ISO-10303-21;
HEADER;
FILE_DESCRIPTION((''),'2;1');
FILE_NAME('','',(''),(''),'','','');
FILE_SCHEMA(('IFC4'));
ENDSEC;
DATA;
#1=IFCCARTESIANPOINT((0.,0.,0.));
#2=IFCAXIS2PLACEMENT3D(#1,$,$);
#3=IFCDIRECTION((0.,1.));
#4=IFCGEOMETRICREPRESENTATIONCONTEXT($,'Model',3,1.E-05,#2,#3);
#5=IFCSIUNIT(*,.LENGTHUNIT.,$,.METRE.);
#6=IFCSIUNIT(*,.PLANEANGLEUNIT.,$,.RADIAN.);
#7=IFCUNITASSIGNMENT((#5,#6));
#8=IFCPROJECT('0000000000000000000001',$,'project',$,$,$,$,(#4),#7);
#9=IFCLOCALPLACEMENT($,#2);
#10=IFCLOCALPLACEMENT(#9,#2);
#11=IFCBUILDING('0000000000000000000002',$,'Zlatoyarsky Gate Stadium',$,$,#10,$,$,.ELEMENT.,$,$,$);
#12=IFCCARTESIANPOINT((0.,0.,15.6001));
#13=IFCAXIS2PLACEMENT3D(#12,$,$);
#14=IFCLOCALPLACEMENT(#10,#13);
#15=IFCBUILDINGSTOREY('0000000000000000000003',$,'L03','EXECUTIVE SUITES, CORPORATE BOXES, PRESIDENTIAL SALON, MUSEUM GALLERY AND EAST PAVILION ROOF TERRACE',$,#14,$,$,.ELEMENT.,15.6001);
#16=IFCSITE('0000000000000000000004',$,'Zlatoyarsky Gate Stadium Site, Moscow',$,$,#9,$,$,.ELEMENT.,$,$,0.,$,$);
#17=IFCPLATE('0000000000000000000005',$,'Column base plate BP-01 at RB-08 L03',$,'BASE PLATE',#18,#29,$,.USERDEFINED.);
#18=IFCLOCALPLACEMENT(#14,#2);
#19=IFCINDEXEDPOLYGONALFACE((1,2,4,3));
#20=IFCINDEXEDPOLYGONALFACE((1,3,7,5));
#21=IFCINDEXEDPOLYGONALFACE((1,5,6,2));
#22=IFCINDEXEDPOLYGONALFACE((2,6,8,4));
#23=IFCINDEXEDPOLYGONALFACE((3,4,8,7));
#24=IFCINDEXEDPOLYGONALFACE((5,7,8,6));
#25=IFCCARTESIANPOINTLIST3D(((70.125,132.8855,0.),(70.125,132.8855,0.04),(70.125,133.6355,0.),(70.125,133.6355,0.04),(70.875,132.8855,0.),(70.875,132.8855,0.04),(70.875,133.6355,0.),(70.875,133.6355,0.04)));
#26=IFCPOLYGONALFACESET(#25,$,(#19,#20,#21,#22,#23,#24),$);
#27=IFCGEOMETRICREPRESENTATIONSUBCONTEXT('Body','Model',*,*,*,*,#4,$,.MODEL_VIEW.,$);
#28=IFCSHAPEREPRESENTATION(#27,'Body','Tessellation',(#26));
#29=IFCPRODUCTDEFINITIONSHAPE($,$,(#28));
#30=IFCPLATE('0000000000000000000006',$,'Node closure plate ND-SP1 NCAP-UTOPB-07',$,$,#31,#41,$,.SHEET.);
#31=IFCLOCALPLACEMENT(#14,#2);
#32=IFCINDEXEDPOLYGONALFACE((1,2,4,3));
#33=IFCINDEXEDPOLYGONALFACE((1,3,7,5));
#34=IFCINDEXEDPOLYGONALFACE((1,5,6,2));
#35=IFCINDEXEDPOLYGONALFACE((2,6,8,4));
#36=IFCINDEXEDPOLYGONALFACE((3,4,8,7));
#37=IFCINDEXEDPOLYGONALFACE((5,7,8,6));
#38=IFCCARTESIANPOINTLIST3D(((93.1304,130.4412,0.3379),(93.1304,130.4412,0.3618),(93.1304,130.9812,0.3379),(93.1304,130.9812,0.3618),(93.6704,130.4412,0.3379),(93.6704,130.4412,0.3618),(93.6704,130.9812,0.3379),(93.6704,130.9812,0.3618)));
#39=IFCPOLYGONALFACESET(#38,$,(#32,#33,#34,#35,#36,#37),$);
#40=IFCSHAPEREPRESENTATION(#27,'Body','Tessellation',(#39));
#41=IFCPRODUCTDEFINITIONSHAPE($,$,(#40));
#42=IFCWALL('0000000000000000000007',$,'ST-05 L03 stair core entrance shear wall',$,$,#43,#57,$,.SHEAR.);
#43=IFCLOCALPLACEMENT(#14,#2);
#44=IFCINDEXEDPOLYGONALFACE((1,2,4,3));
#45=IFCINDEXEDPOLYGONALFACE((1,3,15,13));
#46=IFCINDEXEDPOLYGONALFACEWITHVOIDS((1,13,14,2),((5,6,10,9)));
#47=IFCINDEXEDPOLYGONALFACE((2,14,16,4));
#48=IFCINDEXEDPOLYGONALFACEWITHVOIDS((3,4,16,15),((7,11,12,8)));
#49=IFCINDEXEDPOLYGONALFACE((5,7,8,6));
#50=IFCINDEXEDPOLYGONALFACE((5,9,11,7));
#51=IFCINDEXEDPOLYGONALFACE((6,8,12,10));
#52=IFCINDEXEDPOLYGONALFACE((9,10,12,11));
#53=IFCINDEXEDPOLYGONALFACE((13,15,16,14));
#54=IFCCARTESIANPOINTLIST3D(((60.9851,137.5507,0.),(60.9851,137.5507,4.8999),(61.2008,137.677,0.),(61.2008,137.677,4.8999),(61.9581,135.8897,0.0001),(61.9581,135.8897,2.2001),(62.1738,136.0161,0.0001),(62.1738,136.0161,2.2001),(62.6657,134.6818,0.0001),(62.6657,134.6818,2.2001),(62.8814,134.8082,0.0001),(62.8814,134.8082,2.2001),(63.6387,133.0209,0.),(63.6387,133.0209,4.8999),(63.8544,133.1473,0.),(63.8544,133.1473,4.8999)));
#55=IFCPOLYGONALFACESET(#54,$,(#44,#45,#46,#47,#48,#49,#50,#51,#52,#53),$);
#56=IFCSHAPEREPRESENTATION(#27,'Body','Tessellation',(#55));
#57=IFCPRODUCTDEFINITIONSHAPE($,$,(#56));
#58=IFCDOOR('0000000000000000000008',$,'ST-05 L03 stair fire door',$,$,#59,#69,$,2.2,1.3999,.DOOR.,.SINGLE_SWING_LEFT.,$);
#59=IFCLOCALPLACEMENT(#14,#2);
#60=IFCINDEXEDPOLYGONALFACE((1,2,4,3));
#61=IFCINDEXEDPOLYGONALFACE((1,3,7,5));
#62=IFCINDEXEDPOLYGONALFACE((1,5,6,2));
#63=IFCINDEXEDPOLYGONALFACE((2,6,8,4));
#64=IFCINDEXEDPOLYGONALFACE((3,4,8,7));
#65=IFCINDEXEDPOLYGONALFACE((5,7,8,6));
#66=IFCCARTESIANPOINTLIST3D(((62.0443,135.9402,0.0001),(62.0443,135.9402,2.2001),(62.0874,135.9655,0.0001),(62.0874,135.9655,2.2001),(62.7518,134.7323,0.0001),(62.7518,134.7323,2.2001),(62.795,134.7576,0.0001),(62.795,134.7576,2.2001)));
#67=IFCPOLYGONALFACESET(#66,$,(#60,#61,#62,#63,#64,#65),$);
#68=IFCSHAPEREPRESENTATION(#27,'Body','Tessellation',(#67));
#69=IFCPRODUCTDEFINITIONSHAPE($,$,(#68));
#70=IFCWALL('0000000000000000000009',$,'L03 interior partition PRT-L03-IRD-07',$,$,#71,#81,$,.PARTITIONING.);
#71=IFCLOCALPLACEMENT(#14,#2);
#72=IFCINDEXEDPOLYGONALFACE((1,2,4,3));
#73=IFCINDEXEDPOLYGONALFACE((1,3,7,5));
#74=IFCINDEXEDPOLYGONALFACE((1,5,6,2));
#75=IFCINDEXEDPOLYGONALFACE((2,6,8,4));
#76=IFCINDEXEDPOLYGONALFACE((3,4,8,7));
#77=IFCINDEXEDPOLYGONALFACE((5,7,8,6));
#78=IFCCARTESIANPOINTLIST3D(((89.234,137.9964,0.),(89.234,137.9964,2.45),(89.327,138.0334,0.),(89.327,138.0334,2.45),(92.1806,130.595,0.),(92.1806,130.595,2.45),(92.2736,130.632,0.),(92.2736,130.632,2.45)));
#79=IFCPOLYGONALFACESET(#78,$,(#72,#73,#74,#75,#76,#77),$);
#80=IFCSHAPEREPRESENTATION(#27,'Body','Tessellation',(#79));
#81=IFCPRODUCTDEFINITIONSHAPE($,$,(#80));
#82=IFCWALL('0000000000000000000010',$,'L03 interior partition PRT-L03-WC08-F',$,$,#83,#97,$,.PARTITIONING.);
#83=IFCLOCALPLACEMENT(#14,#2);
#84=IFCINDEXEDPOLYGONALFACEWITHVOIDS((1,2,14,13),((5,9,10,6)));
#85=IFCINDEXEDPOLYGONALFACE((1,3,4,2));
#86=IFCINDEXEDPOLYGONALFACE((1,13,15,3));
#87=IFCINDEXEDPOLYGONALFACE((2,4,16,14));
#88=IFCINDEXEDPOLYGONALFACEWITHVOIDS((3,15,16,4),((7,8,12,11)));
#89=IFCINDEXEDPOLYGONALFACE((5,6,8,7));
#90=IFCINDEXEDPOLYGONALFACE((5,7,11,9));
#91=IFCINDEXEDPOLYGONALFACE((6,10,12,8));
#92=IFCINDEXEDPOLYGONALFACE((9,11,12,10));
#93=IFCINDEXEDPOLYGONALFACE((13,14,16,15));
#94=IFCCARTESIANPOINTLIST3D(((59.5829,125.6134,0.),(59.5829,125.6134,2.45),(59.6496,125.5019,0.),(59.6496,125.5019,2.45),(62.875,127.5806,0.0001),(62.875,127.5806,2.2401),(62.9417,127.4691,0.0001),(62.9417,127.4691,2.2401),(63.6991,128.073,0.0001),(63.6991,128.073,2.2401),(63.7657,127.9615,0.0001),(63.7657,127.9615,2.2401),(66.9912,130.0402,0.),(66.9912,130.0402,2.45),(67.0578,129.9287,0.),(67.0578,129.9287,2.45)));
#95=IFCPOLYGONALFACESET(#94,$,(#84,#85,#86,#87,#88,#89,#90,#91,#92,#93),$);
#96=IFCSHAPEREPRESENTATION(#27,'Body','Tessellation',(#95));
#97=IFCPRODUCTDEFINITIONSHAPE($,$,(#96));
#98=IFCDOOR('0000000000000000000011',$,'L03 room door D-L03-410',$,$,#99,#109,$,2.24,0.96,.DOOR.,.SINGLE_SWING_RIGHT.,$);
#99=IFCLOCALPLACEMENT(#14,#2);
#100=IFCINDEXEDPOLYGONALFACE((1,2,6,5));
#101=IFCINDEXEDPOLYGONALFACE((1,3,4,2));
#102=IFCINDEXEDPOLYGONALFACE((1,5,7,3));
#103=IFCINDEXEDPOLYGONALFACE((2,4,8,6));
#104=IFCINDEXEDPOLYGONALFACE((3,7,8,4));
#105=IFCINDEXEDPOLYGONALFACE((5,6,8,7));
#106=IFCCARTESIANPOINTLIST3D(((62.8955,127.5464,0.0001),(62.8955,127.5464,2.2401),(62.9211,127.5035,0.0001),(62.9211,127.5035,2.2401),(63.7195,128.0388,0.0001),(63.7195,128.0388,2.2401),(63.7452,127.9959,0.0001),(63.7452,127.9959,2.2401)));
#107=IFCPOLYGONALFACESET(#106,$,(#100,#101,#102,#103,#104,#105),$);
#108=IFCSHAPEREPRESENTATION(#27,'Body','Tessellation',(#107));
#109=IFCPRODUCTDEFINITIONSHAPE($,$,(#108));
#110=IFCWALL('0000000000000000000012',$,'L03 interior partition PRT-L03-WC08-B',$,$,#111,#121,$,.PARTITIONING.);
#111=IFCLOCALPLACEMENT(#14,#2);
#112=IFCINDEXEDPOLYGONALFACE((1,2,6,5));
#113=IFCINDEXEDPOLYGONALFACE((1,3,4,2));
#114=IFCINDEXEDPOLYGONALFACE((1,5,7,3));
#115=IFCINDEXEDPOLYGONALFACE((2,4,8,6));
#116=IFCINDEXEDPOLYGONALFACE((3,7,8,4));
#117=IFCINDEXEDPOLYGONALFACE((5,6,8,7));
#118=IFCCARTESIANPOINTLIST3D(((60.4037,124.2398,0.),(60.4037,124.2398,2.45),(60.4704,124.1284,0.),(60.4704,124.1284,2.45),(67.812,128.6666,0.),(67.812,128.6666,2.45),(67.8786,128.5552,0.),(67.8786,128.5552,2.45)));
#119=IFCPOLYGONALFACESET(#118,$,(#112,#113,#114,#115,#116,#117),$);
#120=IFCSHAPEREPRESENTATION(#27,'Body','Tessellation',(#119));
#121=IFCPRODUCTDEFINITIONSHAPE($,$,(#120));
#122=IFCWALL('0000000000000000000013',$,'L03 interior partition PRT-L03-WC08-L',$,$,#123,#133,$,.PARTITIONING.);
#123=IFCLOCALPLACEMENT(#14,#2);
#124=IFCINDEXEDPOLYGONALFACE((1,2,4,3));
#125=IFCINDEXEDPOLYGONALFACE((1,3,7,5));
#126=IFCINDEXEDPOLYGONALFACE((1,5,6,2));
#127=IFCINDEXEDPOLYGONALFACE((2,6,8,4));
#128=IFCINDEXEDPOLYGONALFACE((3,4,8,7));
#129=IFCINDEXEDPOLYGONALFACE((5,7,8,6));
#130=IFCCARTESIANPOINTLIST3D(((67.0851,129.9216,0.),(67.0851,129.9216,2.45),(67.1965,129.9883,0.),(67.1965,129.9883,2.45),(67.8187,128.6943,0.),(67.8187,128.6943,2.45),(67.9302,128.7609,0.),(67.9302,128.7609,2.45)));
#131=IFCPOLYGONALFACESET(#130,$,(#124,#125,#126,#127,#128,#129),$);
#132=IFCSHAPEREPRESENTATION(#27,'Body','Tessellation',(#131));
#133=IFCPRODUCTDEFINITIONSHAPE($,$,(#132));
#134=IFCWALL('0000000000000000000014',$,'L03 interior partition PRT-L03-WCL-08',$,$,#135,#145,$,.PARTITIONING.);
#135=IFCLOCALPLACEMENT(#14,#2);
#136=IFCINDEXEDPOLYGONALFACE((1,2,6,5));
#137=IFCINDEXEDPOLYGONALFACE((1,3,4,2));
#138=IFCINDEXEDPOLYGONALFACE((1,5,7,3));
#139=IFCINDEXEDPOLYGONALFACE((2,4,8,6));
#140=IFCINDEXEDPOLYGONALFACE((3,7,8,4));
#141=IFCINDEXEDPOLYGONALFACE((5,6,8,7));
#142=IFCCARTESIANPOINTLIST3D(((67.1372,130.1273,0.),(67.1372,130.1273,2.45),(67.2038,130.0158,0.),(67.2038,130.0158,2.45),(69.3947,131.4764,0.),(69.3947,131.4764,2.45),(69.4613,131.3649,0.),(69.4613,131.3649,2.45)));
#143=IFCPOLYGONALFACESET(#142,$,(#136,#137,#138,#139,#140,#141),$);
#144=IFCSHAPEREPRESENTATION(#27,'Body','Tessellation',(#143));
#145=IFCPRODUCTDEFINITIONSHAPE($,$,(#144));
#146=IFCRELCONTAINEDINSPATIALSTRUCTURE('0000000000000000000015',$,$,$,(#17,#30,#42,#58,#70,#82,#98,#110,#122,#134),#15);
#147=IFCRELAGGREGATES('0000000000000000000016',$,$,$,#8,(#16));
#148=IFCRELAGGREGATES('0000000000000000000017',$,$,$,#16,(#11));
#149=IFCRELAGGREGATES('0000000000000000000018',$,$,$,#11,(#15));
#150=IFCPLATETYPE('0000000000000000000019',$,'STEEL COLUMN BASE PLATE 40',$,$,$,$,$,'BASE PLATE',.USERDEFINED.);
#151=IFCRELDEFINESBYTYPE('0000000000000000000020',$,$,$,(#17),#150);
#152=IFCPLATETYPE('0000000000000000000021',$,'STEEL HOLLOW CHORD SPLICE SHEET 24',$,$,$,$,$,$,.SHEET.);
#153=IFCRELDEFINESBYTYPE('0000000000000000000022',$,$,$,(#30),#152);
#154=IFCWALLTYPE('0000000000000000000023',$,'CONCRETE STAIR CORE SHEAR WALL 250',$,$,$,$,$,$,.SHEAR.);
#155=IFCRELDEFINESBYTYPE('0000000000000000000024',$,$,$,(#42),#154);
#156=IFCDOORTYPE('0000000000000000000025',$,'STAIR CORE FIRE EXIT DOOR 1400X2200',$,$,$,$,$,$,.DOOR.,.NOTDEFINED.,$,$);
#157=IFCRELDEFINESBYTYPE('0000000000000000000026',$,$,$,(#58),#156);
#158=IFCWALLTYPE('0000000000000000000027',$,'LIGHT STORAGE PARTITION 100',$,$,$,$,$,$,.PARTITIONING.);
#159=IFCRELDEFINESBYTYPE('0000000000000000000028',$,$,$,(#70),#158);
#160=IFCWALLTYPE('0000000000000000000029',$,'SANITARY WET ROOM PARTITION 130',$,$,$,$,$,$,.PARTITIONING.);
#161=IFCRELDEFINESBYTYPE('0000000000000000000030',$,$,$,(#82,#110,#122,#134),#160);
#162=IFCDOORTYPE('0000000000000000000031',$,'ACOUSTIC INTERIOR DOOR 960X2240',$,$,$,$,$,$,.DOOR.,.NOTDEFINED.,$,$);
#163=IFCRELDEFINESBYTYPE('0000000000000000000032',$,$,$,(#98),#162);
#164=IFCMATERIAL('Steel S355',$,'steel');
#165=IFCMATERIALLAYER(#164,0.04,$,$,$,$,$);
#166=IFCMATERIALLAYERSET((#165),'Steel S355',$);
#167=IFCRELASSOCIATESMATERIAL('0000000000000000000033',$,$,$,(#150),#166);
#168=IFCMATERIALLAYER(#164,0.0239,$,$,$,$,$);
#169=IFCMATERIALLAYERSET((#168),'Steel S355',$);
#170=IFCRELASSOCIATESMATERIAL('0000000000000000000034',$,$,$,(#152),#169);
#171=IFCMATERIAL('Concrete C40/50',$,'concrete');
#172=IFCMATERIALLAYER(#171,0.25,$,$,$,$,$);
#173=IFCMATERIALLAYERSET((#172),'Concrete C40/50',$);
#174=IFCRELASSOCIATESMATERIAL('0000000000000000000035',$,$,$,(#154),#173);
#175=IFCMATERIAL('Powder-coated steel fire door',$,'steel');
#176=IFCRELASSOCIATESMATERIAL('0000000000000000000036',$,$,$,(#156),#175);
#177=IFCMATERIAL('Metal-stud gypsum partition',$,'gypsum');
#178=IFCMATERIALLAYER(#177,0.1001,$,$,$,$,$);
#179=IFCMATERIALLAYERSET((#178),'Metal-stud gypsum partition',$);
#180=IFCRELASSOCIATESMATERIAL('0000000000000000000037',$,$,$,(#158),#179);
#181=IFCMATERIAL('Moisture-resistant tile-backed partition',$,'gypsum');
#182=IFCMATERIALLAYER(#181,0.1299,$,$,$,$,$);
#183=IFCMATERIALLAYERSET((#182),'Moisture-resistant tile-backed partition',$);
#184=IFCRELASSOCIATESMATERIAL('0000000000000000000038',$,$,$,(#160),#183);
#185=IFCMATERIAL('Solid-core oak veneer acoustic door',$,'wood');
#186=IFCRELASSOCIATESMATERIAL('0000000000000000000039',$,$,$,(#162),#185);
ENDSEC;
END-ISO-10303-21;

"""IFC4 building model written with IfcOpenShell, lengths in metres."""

from ifc_helpers import new_model, si_unit, direction, frame, frame_2d, origin, origin_2d, place, context, subcontext, project, spatial, rectangle, extrude, material, layer, layer_set, type_object, element, fill, save


model = new_model("IFC4")

# Units and contexts
model_context = context("Model", 3, precision=1e-05, world=origin(), true_north=direction((0.0, 1.0)))
body_context = subcontext(model_context, "Body", "Model", "MODEL_VIEW")
ifc_project = project(units=[si_unit("LENGTHUNIT", "METRE"), si_unit("PLANEANGLEUNIT", "RADIAN")], contexts=[model_context])

# Site, building, storey
site_placement = place(None, origin())
site = spatial("IfcSite", under=ifc_project, at=site_placement, Name="Zlatoyarsky Gate Stadium Site, Moscow", CompositionType="ELEMENT", RefElevation=0.0)
building_placement = place(site_placement, origin())
building = spatial("IfcBuilding", under=site, at=building_placement, Name="Zlatoyarsky Gate Stadium", CompositionType="ELEMENT")
storey_placement = place(building_placement, frame((0.0, 0.0, 15.6001)))
storey = spatial("IfcBuildingStorey", under=building, at=storey_placement, Name="L03", Description="EXECUTIVE SUITES, CORPORATE BOXES, PRESIDENTIAL SALON, MUSEUM GALLERY AND EAST PAVILION ROOF TERRACE", CompositionType="ELEMENT", Elevation=15.6001)

# Shared definitions
ifc_material_1 = material(Name="Steel S355", Category="steel")

# Plates
ifc_layer_1 = layer(ifc_material_1, 0.04)
ifc_layer_set_1 = layer_set([ifc_layer_1], Name="Steel S355")
plate_type_1 = type_object("IfcPlateType", Name="STEEL COLUMN BASE PLATE 40", ElementType="BASE PLATE", PredefinedType="USERDEFINED", material=ifc_layer_set_1)
plate_1_placement = place(storey_placement, frame((70.5, 133.2605, 0.0), z_axis=(0.0, 0.0, 1.0), x_axis=(1.0, 0.0, 0.0)))
element("IfcPlate", 1, at=plate_1_placement, inside=storey, type_object=plate_type_1, Name="Column base plate BP-01 at RB-08 L03", ObjectType="BASE PLATE", PredefinedType="USERDEFINED", context=body_context, shape_type="SweptSolid", body=[
    extrude(rectangle(XDim=0.75, YDim=0.75, at=origin_2d()), origin(), (0.0, 0.0, 1.0), 0.04),
])
ifc_layer_2 = layer(ifc_material_1, 0.0239)
ifc_layer_set_2 = layer_set([ifc_layer_2], Name="Steel S355")
plate_type_2 = type_object("IfcPlateType", Name="STEEL HOLLOW CHORD SPLICE SHEET 24", PredefinedType="SHEET", material=ifc_layer_set_2)
plate_2_placement = place(storey_placement, frame((93.4004, 130.7112, 0.3379), z_axis=(0.0, 0.0, 1.0), x_axis=(1.0, 0.0, 0.0)))
element("IfcPlate", 2, at=plate_2_placement, inside=storey, type_object=plate_type_2, Name="Node closure plate ND-SP1 NCAP-UTOPB-07", PredefinedType="SHEET", context=body_context, shape_type="SweptSolid", body=[
    extrude(rectangle(XDim=0.54, YDim=0.54, at=origin_2d()), origin(), (0.0, 0.0, 1.0), 0.0239),
])

# Wall, opening, door
ifc_material_2 = material(Name="Concrete C40/50", Category="concrete")
ifc_layer_3 = layer(ifc_material_2, 0.25)
ifc_layer_set_3 = layer_set([ifc_layer_3], Name="Concrete C40/50")
wall_type_1 = type_object("IfcWallType", Name="CONCRETE STAIR CORE SHEAR WALL 250", PredefinedType="SHEAR", material=ifc_layer_set_3)
wall_1_placement = place(storey_placement, frame((63.7466, 133.084, 0.0), z_axis=(0.0, 0.0, 1.0), x_axis=(-0.50546, 0.86285, 0.0)))
wall_1 = element("IfcWall", 3, at=wall_1_placement, inside=storey, type_object=wall_type_1, Name="ST-05 L03 stair core entrance shear wall", PredefinedType="SHEAR", context=body_context, shape_type="SweptSolid", body=[
    extrude(rectangle(XDim=5.2498, YDim=0.25, at=frame_2d((2.625, 0.0))), origin(), (0.0, 0.0, 1.0), 4.8999),
])
opening_1_placement = place(wall_1_placement, frame((1.925, 0.0, 0.0)))
opening_1 = element("IfcOpeningElement", 4, at=opening_1_placement, cuts=wall_1, PredefinedType="OPENING", context=body_context, shape_type="SweptSolid", body=[
    extrude(rectangle(XDim=1.3999, YDim=2.2, at=frame_2d((0.7, 1.1001))), frame((0.0, 0.135, 0.0), z_axis=(0.0, -1.0, 0.0), x_axis=(1.0, 0.0, 0.0)), (0.0, 0.0, 1.0), 0.27),
])
ifc_material_3 = material(Name="Powder-coated steel fire door", Category="steel")
door_type_1 = type_object("IfcDoorType", Name="STAIR CORE FIRE EXIT DOOR 1400X2200", OperationType="NOTDEFINED", PredefinedType="DOOR", material=ifc_material_3)
door_1_placement = place(opening_1_placement, frame((1.3999, 0.0, 0.0), z_axis=(0.0, 0.0, 1.0), x_axis=(-1.0, 0.0, 0.0)))
door_1 = element("IfcDoor", 5, at=door_1_placement, inside=storey, type_object=door_type_1, Name="ST-05 L03 stair fire door", OperationType="SINGLE_SWING_LEFT", OverallHeight=2.2, OverallWidth=1.3999, PredefinedType="DOOR", context=body_context, shape_type="SweptSolid", body=[
    extrude(rectangle(XDim=1.3999, YDim=2.2, at=frame_2d((0.7, 1.1001))), frame((0.0, 0.0249, 0.0), z_axis=(0.0, -1.0, 0.0), x_axis=(1.0, 0.0, 0.0)), (0.0, 0.0, 1.0), 0.05),
])
fill(opening_1, door_1)

# Wall
ifc_material_4 = material(Name="Metal-stud gypsum partition", Category="gypsum")
ifc_layer_4 = layer(ifc_material_4, 0.1001)
ifc_layer_set_4 = layer_set([ifc_layer_4], Name="Metal-stud gypsum partition")
wall_type_2 = type_object("IfcWallType", Name="LIGHT STORAGE PARTITION 100", PredefinedType="PARTITIONING", material=ifc_layer_set_4)
wall_2_placement = place(storey_placement, frame((92.2271, 130.6135, 0.0), z_axis=(0.0, 0.0, 1.0), x_axis=(-0.369874, 0.929082, 0.0)))
element("IfcWall", 6, at=wall_2_placement, inside=storey, type_object=wall_type_2, Name="L03 interior partition PRT-L03-IRD-07", PredefinedType="PARTITIONING", context=body_context, shape_type="SweptSolid", body=[
    extrude(rectangle(XDim=7.9663, YDim=0.1001, at=frame_2d((3.9832, 0.0))), origin(), (0.0, 0.0, 1.0), 2.45),
])

# Wall, opening, door
ifc_material_5 = material(Name="Moisture-resistant tile-backed partition", Category="gypsum")
ifc_layer_5 = layer(ifc_material_5, 0.1299)
ifc_layer_set_5 = layer_set([ifc_layer_5], Name="Moisture-resistant tile-backed partition")
wall_type_3 = type_object("IfcWallType", Name="SANITARY WET ROOM PARTITION 130", PredefinedType="PARTITIONING", material=ifc_layer_set_5)
wall_3_placement = place(storey_placement, frame((67.0244, 129.9844, 0.0), z_axis=(0.0, 0.0, 1.0), x_axis=(-0.85842, -0.512947, 0.0)))
wall_3 = element("IfcWall", 7, at=wall_3_placement, inside=storey, type_object=wall_type_3, Name="L03 interior partition PRT-L03-WC08-F", PredefinedType="PARTITIONING", context=body_context, shape_type="SweptSolid", body=[
    extrude(rectangle(XDim=8.6301, YDim=0.1299, at=frame_2d((4.3149, 0.0))), origin(), (0.0, 0.0, 1.0), 2.45),
])
opening_2_placement = place(wall_3_placement, frame((3.835, 0.0, 0.0)))
opening_2 = element("IfcOpeningElement", 8, at=opening_2_placement, cuts=wall_3, PredefinedType="OPENING", context=body_context, shape_type="SweptSolid", body=[
    extrude(rectangle(XDim=0.96, YDim=2.24, at=frame_2d((0.48, 1.1201))), frame((0.0, 0.075, 0.0), z_axis=(0.0, -1.0, 0.0), x_axis=(1.0, 0.0, 0.0)), (0.0, 0.0, 1.0), 0.1499),
])
ifc_material_6 = material(Name="Solid-core oak veneer acoustic door", Category="wood")
door_type_2 = type_object("IfcDoorType", Name="ACOUSTIC INTERIOR DOOR 960X2240", OperationType="NOTDEFINED", PredefinedType="DOOR", material=ifc_material_6)
door_2_placement = place(opening_2_placement, origin())
door_2 = element("IfcDoor", 9, at=door_2_placement, inside=storey, type_object=door_type_2, Name="L03 room door D-L03-410", OperationType="SINGLE_SWING_RIGHT", OverallHeight=2.24, OverallWidth=0.96, PredefinedType="DOOR", context=body_context, shape_type="SweptSolid", body=[
    extrude(rectangle(XDim=0.96, YDim=2.24, at=frame_2d((0.48, 1.1201))), frame((0.0, 0.0249, 0.0), z_axis=(0.0, -1.0, 0.0), x_axis=(1.0, 0.0, 0.0)), (0.0, 0.0, 1.0), 0.05),
])
fill(opening_2, door_2)

# Walls
wall_4_placement = place(storey_placement, frame((67.8452, 128.6108, 0.0), z_axis=(0.0, 0.0, 1.0), x_axis=(-0.85842, -0.512947, 0.0)))
element("IfcWall", 10, at=wall_4_placement, inside=storey, type_object=wall_type_3, Name="L03 interior partition PRT-L03-WC08-B", PredefinedType="PARTITIONING", context=body_context, shape_type="SweptSolid", body=[
    extrude(rectangle(XDim=8.6301, YDim=0.1299, at=frame_2d((4.3149, 0.0))), origin(), (0.0, 0.0, 1.0), 2.45),
])
wall_5_placement = place(storey_placement, frame((67.1409, 129.9548, 0.0), z_axis=(0.0, 0.0, 1.0), x_axis=(0.513089, -0.858335, 0.0)))
element("IfcWall", 11, at=wall_5_placement, inside=storey, type_object=wall_type_3, Name="L03 interior partition PRT-L03-WC08-L", PredefinedType="PARTITIONING", context=body_context, shape_type="SweptSolid", body=[
    extrude(rectangle(XDim=1.4299, YDim=0.1299, at=frame_2d((0.7148, 0.0))), origin(), (0.0, 0.0, 1.0), 2.45),
])
wall_6_placement = place(storey_placement, frame((69.428, 131.4207, 0.0), z_axis=(0.0, 0.0, 1.0), x_axis=(-0.858401, -0.51298, 0.0)))
element("IfcWall", 12, at=wall_6_placement, inside=storey, type_object=wall_type_3, Name="L03 interior partition PRT-L03-WCL-08", PredefinedType="PARTITIONING", context=body_context, shape_type="SweptSolid", body=[
    extrude(rectangle(XDim=2.6299, YDim=0.1299, at=frame_2d((1.3149, 0.0))), origin(), (0.0, 0.0, 1.0), 2.45),
])

save(model, "model.ifc")
